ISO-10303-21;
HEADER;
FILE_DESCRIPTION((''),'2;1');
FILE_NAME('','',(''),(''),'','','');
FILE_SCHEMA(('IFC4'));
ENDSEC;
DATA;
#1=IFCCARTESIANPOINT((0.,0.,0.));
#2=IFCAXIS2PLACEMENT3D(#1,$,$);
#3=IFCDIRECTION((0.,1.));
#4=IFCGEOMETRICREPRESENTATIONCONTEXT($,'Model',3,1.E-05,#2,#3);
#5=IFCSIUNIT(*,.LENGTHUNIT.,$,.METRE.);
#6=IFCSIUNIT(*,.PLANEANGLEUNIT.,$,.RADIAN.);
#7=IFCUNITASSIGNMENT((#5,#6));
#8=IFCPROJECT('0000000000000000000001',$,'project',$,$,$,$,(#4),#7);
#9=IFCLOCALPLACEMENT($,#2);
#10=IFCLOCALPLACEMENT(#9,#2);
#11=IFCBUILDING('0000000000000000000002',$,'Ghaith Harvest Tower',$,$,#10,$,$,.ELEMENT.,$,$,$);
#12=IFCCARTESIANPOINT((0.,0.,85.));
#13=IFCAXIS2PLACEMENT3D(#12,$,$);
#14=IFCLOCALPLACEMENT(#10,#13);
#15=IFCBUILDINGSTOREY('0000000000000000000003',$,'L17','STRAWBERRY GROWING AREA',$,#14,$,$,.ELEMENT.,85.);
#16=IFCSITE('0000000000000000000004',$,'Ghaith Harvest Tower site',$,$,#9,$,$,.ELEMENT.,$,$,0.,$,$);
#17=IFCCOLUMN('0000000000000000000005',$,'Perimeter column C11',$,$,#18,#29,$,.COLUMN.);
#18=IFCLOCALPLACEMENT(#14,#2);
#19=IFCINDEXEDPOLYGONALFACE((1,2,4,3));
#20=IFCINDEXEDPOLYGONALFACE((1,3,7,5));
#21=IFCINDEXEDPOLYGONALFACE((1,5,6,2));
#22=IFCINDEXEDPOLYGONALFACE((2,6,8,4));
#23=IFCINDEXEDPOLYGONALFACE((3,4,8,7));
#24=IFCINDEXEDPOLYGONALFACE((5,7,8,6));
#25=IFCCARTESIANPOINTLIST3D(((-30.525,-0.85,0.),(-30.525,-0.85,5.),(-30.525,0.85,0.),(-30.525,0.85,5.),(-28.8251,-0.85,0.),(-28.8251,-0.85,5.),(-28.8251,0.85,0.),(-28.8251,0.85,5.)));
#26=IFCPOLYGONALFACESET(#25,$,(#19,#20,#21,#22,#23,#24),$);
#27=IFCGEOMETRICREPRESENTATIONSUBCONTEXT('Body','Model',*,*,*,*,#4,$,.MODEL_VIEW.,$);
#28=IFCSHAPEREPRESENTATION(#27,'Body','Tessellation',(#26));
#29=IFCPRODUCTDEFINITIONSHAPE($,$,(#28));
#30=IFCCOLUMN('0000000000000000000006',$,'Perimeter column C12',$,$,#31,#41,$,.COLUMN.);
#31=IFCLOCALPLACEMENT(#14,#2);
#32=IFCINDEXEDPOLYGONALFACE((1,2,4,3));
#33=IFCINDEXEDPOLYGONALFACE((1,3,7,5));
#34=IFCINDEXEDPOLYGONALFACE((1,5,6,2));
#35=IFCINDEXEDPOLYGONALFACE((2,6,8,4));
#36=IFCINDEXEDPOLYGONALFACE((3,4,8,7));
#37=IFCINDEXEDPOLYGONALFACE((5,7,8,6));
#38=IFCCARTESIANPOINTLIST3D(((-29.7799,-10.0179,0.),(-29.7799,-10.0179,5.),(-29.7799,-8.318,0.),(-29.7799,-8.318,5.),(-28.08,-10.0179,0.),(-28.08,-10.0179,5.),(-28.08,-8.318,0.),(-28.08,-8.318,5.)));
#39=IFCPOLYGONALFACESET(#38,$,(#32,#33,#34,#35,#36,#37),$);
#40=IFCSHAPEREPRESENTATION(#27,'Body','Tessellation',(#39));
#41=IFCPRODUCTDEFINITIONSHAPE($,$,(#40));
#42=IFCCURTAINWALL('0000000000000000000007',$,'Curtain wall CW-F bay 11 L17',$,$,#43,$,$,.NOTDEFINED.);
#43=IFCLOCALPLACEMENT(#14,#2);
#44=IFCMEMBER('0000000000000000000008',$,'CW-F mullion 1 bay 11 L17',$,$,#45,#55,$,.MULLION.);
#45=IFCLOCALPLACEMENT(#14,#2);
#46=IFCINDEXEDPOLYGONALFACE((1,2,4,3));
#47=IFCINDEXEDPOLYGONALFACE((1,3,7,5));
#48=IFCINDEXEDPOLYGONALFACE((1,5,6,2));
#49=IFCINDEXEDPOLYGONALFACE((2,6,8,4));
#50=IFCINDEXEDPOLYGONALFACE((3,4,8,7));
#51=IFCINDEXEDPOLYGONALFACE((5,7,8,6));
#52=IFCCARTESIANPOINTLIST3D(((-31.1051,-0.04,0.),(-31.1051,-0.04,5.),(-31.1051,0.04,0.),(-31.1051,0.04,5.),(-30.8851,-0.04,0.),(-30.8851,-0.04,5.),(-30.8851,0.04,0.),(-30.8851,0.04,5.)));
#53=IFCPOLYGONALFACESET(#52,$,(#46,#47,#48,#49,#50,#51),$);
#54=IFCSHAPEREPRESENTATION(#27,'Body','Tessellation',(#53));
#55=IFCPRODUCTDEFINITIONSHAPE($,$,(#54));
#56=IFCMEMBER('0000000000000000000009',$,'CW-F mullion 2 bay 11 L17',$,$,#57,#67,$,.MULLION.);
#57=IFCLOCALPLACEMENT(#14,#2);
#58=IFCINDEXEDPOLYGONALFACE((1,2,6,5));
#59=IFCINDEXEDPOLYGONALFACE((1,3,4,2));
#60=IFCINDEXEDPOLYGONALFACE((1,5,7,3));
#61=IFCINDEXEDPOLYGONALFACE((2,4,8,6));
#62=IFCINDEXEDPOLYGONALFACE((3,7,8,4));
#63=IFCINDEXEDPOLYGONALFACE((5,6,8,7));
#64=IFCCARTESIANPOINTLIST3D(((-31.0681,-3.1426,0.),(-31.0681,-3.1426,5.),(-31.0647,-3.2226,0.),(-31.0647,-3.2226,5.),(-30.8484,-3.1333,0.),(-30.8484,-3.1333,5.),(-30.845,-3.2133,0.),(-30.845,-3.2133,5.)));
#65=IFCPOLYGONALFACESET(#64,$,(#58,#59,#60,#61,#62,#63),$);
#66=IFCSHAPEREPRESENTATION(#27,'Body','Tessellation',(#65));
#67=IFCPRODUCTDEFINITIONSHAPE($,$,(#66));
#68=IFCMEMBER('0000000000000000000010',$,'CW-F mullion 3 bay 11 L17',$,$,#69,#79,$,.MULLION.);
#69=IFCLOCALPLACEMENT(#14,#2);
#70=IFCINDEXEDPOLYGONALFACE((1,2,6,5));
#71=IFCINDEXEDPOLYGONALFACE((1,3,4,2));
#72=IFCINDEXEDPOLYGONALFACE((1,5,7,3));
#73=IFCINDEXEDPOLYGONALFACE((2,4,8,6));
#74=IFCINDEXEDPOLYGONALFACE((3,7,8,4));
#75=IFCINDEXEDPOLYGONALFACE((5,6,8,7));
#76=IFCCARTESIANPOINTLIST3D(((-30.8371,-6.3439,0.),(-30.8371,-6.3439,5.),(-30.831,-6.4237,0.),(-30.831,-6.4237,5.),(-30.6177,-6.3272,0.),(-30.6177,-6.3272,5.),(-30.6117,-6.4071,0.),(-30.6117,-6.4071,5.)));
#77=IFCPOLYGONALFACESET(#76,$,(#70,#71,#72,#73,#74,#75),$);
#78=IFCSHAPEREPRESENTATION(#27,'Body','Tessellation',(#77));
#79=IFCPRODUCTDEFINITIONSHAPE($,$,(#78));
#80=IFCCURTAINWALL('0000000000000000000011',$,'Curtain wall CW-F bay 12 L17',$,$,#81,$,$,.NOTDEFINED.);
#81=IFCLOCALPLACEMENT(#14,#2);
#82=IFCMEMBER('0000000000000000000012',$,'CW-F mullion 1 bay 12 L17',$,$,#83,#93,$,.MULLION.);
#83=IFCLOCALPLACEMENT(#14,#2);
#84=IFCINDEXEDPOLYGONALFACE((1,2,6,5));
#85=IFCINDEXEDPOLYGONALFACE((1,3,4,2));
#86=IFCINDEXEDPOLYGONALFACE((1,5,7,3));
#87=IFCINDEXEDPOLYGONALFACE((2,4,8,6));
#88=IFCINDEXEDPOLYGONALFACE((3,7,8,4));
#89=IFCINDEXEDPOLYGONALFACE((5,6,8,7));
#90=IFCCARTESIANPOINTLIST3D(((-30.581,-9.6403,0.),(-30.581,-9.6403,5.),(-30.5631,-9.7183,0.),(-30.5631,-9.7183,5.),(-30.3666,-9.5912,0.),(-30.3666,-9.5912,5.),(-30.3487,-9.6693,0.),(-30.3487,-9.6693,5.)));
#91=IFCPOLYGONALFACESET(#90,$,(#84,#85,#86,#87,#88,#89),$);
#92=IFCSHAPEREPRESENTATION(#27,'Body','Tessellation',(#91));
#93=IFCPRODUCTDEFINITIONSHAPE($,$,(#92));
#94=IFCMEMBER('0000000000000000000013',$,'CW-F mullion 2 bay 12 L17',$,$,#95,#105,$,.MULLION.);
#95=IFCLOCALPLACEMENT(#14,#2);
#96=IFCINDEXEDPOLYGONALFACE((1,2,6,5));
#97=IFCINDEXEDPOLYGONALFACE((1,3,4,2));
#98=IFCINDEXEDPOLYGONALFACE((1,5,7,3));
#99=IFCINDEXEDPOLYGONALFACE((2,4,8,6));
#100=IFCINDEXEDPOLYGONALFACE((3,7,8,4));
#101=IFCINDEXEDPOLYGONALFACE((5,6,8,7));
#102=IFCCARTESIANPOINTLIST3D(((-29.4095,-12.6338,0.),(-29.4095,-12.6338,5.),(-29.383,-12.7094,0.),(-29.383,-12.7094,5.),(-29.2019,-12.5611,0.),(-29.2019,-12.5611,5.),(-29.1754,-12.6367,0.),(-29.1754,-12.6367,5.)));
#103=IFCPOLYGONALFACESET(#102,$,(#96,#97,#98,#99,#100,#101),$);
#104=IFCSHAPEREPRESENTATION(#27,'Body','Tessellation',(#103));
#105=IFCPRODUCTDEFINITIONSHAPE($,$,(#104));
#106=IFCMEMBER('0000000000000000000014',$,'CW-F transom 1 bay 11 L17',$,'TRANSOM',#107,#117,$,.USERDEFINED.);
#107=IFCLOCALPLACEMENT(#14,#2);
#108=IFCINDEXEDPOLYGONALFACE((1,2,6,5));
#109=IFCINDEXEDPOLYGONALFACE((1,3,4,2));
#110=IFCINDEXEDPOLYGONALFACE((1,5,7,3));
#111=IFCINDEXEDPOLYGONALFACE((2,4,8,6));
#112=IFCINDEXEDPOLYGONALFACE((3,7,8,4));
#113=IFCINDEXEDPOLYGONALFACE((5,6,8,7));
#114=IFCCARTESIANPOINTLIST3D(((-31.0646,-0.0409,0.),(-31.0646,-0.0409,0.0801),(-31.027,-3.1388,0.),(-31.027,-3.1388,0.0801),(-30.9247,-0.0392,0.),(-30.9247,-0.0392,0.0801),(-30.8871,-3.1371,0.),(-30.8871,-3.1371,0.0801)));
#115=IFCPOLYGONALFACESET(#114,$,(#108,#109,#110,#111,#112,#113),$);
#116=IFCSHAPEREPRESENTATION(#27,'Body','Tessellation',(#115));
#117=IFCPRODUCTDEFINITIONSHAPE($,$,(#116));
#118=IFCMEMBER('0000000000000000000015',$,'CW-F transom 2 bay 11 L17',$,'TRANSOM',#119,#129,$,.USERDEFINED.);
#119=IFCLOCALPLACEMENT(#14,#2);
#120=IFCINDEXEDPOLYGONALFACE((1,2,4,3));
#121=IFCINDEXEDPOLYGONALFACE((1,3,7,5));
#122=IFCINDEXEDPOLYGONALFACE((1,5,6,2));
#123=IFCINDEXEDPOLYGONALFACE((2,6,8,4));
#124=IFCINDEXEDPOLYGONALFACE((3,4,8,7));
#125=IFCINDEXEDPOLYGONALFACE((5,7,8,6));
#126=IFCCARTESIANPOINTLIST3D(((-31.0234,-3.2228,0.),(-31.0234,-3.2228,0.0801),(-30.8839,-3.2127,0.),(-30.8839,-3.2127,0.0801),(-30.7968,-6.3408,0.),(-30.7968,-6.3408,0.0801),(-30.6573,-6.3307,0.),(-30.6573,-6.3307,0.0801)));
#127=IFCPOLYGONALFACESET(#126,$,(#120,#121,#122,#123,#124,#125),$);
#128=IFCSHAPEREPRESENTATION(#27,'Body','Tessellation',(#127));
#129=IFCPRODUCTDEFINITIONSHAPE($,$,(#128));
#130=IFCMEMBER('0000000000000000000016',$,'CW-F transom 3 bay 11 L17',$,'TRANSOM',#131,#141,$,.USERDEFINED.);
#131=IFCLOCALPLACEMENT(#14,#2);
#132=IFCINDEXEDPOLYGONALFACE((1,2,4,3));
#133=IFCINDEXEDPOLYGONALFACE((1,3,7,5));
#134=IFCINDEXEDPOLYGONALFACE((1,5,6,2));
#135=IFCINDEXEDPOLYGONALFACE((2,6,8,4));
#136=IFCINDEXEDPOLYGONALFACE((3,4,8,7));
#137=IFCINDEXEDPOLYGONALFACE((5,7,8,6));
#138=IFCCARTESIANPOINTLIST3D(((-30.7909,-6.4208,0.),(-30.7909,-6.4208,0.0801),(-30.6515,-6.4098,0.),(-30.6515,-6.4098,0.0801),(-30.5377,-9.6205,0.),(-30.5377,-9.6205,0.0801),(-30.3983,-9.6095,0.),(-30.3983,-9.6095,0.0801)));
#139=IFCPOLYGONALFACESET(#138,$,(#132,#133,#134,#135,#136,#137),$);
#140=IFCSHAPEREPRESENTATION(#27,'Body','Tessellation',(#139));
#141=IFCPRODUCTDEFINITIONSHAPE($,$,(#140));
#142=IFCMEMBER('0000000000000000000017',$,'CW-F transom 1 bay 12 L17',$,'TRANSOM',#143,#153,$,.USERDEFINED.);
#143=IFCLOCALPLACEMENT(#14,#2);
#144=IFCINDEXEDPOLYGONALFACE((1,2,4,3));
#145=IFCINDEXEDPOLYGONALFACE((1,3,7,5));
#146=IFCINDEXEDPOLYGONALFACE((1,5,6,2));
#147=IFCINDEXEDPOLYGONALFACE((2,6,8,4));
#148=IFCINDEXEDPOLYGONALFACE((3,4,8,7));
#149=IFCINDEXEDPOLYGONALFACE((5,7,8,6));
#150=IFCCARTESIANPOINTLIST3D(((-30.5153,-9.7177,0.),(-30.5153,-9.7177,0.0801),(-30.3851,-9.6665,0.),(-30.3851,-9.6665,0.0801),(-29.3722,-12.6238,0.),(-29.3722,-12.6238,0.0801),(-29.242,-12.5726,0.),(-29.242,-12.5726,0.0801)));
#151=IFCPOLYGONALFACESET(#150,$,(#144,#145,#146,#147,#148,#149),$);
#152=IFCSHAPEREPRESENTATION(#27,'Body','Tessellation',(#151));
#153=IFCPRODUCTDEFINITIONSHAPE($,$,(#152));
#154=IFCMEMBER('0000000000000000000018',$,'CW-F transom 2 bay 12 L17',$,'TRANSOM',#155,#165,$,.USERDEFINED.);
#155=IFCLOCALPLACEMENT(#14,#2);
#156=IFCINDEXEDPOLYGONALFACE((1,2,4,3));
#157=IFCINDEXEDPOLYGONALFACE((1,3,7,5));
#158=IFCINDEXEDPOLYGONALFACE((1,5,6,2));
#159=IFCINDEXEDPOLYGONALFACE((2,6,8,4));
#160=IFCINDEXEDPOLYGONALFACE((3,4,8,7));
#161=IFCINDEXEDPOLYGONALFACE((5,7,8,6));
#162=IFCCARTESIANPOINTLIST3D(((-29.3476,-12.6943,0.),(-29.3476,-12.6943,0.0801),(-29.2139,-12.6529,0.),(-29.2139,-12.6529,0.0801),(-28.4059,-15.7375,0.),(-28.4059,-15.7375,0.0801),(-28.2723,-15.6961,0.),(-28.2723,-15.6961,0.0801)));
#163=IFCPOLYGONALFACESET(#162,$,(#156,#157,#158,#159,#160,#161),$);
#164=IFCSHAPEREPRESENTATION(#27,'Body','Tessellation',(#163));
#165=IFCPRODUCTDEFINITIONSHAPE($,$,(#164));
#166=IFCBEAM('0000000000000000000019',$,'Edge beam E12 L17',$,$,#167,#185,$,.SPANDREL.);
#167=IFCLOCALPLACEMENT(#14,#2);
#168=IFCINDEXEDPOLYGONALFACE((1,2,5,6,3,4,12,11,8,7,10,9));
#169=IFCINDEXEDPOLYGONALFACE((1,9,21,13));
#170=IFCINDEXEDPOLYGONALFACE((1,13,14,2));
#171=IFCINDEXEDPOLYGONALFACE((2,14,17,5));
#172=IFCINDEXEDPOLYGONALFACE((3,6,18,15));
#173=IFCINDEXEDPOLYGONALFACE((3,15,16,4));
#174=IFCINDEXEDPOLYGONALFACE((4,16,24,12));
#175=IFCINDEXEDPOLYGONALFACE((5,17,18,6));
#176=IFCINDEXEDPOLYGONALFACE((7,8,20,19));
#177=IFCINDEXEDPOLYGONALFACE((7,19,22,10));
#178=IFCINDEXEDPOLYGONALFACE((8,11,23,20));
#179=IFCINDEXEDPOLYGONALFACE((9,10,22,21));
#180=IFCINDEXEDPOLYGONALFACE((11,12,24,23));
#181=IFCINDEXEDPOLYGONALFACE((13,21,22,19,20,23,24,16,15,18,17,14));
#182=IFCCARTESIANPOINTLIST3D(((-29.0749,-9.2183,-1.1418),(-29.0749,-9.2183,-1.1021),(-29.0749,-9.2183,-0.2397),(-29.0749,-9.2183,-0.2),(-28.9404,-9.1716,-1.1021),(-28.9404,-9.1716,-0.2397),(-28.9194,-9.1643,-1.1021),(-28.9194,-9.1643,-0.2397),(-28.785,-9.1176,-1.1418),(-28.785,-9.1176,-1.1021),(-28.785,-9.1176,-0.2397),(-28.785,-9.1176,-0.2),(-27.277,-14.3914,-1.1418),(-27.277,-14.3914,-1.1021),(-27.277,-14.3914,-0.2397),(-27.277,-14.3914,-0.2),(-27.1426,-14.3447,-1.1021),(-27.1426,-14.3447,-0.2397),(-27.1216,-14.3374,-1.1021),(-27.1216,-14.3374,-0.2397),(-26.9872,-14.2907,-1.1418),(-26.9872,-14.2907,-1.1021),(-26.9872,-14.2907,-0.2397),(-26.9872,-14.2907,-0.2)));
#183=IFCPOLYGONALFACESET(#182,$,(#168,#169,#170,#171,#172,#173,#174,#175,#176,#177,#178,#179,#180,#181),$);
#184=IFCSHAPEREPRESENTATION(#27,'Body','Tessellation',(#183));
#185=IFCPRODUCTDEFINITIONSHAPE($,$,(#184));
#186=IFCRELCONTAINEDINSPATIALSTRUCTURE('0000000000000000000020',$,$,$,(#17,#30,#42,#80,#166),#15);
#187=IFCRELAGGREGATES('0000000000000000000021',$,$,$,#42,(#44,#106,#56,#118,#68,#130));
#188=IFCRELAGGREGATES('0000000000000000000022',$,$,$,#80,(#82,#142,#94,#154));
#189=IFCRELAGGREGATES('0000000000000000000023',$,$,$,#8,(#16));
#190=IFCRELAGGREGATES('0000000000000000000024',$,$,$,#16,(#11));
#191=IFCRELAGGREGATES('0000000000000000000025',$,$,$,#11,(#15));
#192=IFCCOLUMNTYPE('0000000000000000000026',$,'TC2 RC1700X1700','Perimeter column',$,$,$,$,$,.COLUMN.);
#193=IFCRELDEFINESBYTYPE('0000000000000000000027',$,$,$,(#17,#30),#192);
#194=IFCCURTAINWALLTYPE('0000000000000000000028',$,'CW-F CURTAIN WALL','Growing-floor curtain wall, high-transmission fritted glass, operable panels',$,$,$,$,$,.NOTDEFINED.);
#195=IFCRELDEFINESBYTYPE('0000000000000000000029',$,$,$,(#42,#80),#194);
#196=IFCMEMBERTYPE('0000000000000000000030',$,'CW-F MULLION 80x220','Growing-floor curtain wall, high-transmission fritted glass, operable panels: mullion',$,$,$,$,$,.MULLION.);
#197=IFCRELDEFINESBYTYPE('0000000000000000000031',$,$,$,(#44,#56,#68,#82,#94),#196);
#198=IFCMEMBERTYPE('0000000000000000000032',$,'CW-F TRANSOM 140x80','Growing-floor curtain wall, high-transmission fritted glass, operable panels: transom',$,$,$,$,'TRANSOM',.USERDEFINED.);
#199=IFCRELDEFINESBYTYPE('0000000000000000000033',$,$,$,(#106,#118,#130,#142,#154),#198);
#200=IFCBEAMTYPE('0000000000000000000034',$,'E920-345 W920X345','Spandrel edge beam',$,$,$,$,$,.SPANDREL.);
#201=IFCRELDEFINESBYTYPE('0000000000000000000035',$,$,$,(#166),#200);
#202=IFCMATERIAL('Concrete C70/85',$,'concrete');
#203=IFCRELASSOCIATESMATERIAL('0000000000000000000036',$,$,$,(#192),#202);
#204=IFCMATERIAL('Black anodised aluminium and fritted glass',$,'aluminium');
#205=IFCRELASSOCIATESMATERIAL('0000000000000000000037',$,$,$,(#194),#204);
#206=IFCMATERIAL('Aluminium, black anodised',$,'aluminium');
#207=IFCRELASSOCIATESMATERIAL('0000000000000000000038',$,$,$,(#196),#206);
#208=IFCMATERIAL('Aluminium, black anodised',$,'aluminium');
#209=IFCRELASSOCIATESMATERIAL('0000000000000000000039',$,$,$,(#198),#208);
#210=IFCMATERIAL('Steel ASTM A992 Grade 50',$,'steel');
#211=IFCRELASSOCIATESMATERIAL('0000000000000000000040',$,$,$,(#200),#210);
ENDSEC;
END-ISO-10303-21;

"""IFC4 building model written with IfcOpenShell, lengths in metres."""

from ifc_helpers import new_model, si_unit, direction, frame, origin, origin_2d, place, context, subcontext, project, spatial, rectangle, i_section, extrude, material, material_profile, profile_set, type_object, element, aggregate, save


model = new_model("IFC4")

# Units and contexts
model_context = context("Model", 3, precision=1e-05, world=origin(), true_north=direction((0.0, 1.0)))
body_context = subcontext(model_context, "Body", "Model", "MODEL_VIEW")
ifc_project = project(units=[si_unit("LENGTHUNIT", "METRE"), si_unit("PLANEANGLEUNIT", "RADIAN")], contexts=[model_context])

# Site, building, storey
site_placement = place(None, origin())
site = spatial("IfcSite", under=ifc_project, at=site_placement, Name="Ghaith Harvest Tower site", CompositionType="ELEMENT", RefElevation=0.0)
building_placement = place(site_placement, origin())
building = spatial("IfcBuilding", under=site, at=building_placement, Name="Ghaith Harvest Tower", CompositionType="ELEMENT")
storey_placement = place(building_placement, frame((0.0, 0.0, 85.0)))
storey = spatial("IfcBuildingStorey", under=building, at=storey_placement, Name="L17", Description="STRAWBERRY GROWING AREA", CompositionType="ELEMENT", Elevation=85.0)

# Columns
ifc_material_1 = material(Name="Concrete C70/85", Category="concrete")
ifc_material_profile_1 = material_profile(ifc_material_1, rectangle(XDim=1.7, YDim=1.7, at=origin_2d()), Name="RC1700X1700")
ifc_profile_set_1 = profile_set([ifc_material_profile_1], Name="Concrete C70/85")
column_type = type_object("IfcColumnType", Name="TC2 RC1700X1700", Description="Perimeter column", PredefinedType="COLUMN", material=ifc_profile_set_1)
for number, where, z_axis, x_axis, name in (
    (1, (-29.675, 0.0, 0.0), (0.0, 0.0, 1.0), (1.0, 0.0, 0.0), "Perimeter column C11"),
    (2, (-28.9299, -9.168, 0.0), (0.0, 0.0, 1.0), (1.0, 0.0, 0.0), "Perimeter column C12"),
):
    element("IfcColumn", number, at=place(storey_placement, frame(where, z_axis=z_axis, x_axis=x_axis)), inside=storey, type_object=column_type, Name=name, PredefinedType="COLUMN", context=body_context, shape_type="SweptSolid", body=[
        extrude(rectangle(XDim=1.7, YDim=1.7, at=origin_2d()), origin(), (0.0, 0.0, 1.0), 5.0),
    ])

# Curtain walls, members
ifc_material_2 = material(Name="Black anodised aluminium and fritted glass", Category="aluminium")
curtain_wall_type = type_object("IfcCurtainWallType", Name="CW-F CURTAIN WALL", Description="Growing-floor curtain wall, high-transmission fritted glass, operable panels", PredefinedType="NOTDEFINED", material=ifc_material_2)
curtain_wall_1_placement = place(storey_placement, origin())
curtain_wall_1 = element("IfcCurtainWall", 3, at=curtain_wall_1_placement, inside=storey, type_object=curtain_wall_type, Name="Curtain wall CW-F bay 11 L17", PredefinedType="NOTDEFINED")
ifc_material_3 = material(Name="Aluminium, black anodised", Category="aluminium")
ifc_material_profile_2 = material_profile(ifc_material_3, rectangle(XDim=0.0801, YDim=0.22, at=origin_2d()), Name="CW-F MULLION 80x220")
ifc_profile_set_2 = profile_set([ifc_material_profile_2], Name="Aluminium, black anodised")
member_type_1 = type_object("IfcMemberType", Name="CW-F MULLION 80x220", Description="Growing-floor curtain wall, high-transmission fritted glass, operable panels: mullion", PredefinedType="MULLION", material=ifc_profile_set_2)
member_1_placement = place(storey_placement, frame((-30.9951, 0.0, 0.0), z_axis=(0.0, 0.0, 1.0), x_axis=(0.0, -1.0, 0.0)))
member_1 = element("IfcMember", 4, at=member_1_placement, type_object=member_type_1, Name="CW-F mullion 1 bay 11 L17", PredefinedType="MULLION", context=body_context, shape_type="SweptSolid", body=[
    extrude(rectangle(XDim=0.0801, YDim=0.22, at=origin_2d()), origin(), (0.0, 0.0, 1.0), 5.0),
])
member_2_placement = place(storey_placement, frame((-30.9565, -3.178, 0.0), z_axis=(0.0, 0.0, 1.0), x_axis=(0.042427, -0.9991, 0.0)))
member_2 = element("IfcMember", 5, at=member_2_placement, type_object=member_type_1, Name="CW-F mullion 2 bay 11 L17", PredefinedType="MULLION", context=body_context, shape_type="SweptSolid", body=[
    extrude(rectangle(XDim=0.0801, YDim=0.22, at=origin_2d()), origin(), (0.0, 0.0, 1.0), 5.0),
])
member_3_placement = place(storey_placement, frame((-30.7244, -6.3755, 0.0), z_axis=(0.0, 0.0, 1.0), x_axis=(0.075686, -0.997132, 0.0)))
member_3 = element("IfcMember", 6, at=member_3_placement, type_object=member_type_1, Name="CW-F mullion 3 bay 11 L17", PredefinedType="MULLION", context=body_context, shape_type="SweptSolid", body=[
    extrude(rectangle(XDim=0.0801, YDim=0.22, at=origin_2d()), origin(), (0.0, 0.0, 1.0), 5.0),
])
curtain_wall_2_placement = place(storey_placement, origin())
curtain_wall_2 = element("IfcCurtainWall", 7, at=curtain_wall_2_placement, inside=storey, type_object=curtain_wall_type, Name="Curtain wall CW-F bay 12 L17", PredefinedType="NOTDEFINED")
member_4_placement = place(storey_placement, frame((-30.4648, -9.6548, 0.0), z_axis=(0.0, 0.0, 1.0), x_axis=(0.222967, -0.974826, 0.0)))
member_4 = element("IfcMember", 8, at=member_4_placement, type_object=member_type_1, Name="CW-F mullion 1 bay 12 L17", PredefinedType="MULLION", context=body_context, shape_type="SweptSolid", body=[
    extrude(rectangle(XDim=0.0801, YDim=0.22, at=origin_2d()), origin(), (0.0, 0.0, 1.0), 5.0),
])
member_5_placement = place(storey_placement, frame((-29.2925, -12.6353, 0.0), z_axis=(0.0, 0.0, 1.0), x_axis=(0.330701, -0.943736, 0.0)))
member_5 = element("IfcMember", 9, at=member_5_placement, type_object=member_type_1, Name="CW-F mullion 2 bay 12 L17", PredefinedType="MULLION", context=body_context, shape_type="SweptSolid", body=[
    extrude(rectangle(XDim=0.0801, YDim=0.22, at=origin_2d()), origin(), (0.0, 0.0, 1.0), 5.0),
])

# Members
ifc_material_4 = material(Name="Aluminium, black anodised", Category="aluminium")
ifc_material_profile_3 = material_profile(ifc_material_4, rectangle(XDim=0.1399, YDim=0.0801, at=origin_2d()), Name="CW-F TRANSOM 140x80")
ifc_profile_set_3 = profile_set([ifc_material_profile_3], Name="Aluminium, black anodised")
member_type_2 = type_object("IfcMemberType", Name="CW-F TRANSOM 140x80", Description="Growing-floor curtain wall, high-transmission fritted glass, operable panels: transom", ElementType="TRANSOM", PredefinedType="USERDEFINED", material=ifc_profile_set_3)
member_6_placement = place(storey_placement, frame((-30.9946, -0.04, 0.04), z_axis=(0.012136, -0.999926, 0.0), x_axis=(0.999926, 0.012136, 0.0)))
member_6 = element("IfcMember", 10, at=member_6_placement, type_object=member_type_2, Name="CW-F transom 1 bay 11 L17", ObjectType="TRANSOM", PredefinedType="USERDEFINED", context=body_context, shape_type="SweptSolid", body=[
    extrude(rectangle(XDim=0.1399, YDim=0.0801, at=origin_2d()), origin(), (0.0, 0.0, 1.0), 3.0981),
])
member_7_placement = place(storey_placement, frame((-30.9536, -3.2178, 0.04), z_axis=(0.072474, -0.99737, 0.0), x_axis=(0.99737, 0.072474, 0.0)))
member_7 = element("IfcMember", 11, at=member_7_placement, type_object=member_type_2, Name="CW-F transom 2 bay 11 L17", ObjectType="TRANSOM", PredefinedType="USERDEFINED", context=body_context, shape_type="SweptSolid", body=[
    extrude(rectangle(XDim=0.1399, YDim=0.0801, at=origin_2d()), origin(), (0.0, 0.0, 1.0), 3.1262),
])
member_8_placement = place(storey_placement, frame((-30.7212, -6.4153, 0.04), z_axis=(0.078878, -0.996884, 0.0), x_axis=(0.996884, 0.078878, 0.0)))
member_8 = element("IfcMember", 12, at=member_8_placement, type_object=member_type_2, Name="CW-F transom 3 bay 11 L17", ObjectType="TRANSOM", PredefinedType="USERDEFINED", context=body_context, shape_type="SweptSolid", body=[
    extrude(rectangle(XDim=0.1399, YDim=0.0801, at=origin_2d()), origin(), (0.0, 0.0, 1.0), 3.2097),
])
member_9_placement = place(storey_placement, frame((-30.4502, -9.6921, 0.04), z_axis=(0.366047, -0.930597, 0.0), x_axis=(0.930597, 0.366047, 0.0)))
member_9 = element("IfcMember", 13, at=member_9_placement, type_object=member_type_2, Name="CW-F transom 1 bay 12 L17", ObjectType="TRANSOM", PredefinedType="USERDEFINED", context=body_context, shape_type="SweptSolid", body=[
    extrude(rectangle(XDim=0.1399, YDim=0.0801, at=origin_2d()), origin(), (0.0, 0.0, 1.0), 3.1228),
])
member_10_placement = place(storey_placement, frame((-29.2808, -12.6736, 0.04), z_axis=(0.295599, -0.955312, 0.0), x_axis=(0.955312, 0.295599, 0.0)))
member_10 = element("IfcMember", 14, at=member_10_placement, type_object=member_type_2, Name="CW-F transom 2 bay 12 L17", ObjectType="TRANSOM", PredefinedType="USERDEFINED", context=body_context, shape_type="SweptSolid", body=[
    extrude(rectangle(XDim=0.1399, YDim=0.0801, at=origin_2d()), origin(), (0.0, 0.0, 1.0), 3.1855),
])

# Beam
ifc_material_5 = material(Name="Steel ASTM A992 Grade 50", Category="steel")
ifc_material_profile_4 = material_profile(ifc_material_5, i_section(OverallWidth=0.3069, OverallDepth=0.9419, WebThickness=0.0222, FlangeThickness=0.0398, at=origin_2d()), Name="W920X345")
ifc_profile_set_4 = profile_set([ifc_material_profile_4], Name="Steel ASTM A992 Grade 50")
beam_type = type_object("IfcBeamType", Name="E920-345 W920X345", Description="Spandrel edge beam", PredefinedType="SPANDREL", material=ifc_profile_set_4)
beam_placement = place(storey_placement, frame((-28.9299, -9.168, -0.6709), z_axis=(0.328279, -0.944581, 0.0), x_axis=(0.944581, 0.328279, 0.0)))
element("IfcBeam", 15, at=beam_placement, inside=storey, type_object=beam_type, Name="Edge beam E12 L17", PredefinedType="SPANDREL", context=body_context, shape_type="SweptSolid", body=[
    extrude(i_section(OverallWidth=0.3069, OverallDepth=0.9419, WebThickness=0.0222, FlangeThickness=0.0398, at=origin_2d()), origin(), (0.0, 0.0, 1.0), 5.4766),
])

aggregate(curtain_wall_1, [member_1, member_6, member_2, member_7, member_3, member_8])
aggregate(curtain_wall_2, [member_4, member_9, member_5, member_10])

save(model, "model.ifc")
